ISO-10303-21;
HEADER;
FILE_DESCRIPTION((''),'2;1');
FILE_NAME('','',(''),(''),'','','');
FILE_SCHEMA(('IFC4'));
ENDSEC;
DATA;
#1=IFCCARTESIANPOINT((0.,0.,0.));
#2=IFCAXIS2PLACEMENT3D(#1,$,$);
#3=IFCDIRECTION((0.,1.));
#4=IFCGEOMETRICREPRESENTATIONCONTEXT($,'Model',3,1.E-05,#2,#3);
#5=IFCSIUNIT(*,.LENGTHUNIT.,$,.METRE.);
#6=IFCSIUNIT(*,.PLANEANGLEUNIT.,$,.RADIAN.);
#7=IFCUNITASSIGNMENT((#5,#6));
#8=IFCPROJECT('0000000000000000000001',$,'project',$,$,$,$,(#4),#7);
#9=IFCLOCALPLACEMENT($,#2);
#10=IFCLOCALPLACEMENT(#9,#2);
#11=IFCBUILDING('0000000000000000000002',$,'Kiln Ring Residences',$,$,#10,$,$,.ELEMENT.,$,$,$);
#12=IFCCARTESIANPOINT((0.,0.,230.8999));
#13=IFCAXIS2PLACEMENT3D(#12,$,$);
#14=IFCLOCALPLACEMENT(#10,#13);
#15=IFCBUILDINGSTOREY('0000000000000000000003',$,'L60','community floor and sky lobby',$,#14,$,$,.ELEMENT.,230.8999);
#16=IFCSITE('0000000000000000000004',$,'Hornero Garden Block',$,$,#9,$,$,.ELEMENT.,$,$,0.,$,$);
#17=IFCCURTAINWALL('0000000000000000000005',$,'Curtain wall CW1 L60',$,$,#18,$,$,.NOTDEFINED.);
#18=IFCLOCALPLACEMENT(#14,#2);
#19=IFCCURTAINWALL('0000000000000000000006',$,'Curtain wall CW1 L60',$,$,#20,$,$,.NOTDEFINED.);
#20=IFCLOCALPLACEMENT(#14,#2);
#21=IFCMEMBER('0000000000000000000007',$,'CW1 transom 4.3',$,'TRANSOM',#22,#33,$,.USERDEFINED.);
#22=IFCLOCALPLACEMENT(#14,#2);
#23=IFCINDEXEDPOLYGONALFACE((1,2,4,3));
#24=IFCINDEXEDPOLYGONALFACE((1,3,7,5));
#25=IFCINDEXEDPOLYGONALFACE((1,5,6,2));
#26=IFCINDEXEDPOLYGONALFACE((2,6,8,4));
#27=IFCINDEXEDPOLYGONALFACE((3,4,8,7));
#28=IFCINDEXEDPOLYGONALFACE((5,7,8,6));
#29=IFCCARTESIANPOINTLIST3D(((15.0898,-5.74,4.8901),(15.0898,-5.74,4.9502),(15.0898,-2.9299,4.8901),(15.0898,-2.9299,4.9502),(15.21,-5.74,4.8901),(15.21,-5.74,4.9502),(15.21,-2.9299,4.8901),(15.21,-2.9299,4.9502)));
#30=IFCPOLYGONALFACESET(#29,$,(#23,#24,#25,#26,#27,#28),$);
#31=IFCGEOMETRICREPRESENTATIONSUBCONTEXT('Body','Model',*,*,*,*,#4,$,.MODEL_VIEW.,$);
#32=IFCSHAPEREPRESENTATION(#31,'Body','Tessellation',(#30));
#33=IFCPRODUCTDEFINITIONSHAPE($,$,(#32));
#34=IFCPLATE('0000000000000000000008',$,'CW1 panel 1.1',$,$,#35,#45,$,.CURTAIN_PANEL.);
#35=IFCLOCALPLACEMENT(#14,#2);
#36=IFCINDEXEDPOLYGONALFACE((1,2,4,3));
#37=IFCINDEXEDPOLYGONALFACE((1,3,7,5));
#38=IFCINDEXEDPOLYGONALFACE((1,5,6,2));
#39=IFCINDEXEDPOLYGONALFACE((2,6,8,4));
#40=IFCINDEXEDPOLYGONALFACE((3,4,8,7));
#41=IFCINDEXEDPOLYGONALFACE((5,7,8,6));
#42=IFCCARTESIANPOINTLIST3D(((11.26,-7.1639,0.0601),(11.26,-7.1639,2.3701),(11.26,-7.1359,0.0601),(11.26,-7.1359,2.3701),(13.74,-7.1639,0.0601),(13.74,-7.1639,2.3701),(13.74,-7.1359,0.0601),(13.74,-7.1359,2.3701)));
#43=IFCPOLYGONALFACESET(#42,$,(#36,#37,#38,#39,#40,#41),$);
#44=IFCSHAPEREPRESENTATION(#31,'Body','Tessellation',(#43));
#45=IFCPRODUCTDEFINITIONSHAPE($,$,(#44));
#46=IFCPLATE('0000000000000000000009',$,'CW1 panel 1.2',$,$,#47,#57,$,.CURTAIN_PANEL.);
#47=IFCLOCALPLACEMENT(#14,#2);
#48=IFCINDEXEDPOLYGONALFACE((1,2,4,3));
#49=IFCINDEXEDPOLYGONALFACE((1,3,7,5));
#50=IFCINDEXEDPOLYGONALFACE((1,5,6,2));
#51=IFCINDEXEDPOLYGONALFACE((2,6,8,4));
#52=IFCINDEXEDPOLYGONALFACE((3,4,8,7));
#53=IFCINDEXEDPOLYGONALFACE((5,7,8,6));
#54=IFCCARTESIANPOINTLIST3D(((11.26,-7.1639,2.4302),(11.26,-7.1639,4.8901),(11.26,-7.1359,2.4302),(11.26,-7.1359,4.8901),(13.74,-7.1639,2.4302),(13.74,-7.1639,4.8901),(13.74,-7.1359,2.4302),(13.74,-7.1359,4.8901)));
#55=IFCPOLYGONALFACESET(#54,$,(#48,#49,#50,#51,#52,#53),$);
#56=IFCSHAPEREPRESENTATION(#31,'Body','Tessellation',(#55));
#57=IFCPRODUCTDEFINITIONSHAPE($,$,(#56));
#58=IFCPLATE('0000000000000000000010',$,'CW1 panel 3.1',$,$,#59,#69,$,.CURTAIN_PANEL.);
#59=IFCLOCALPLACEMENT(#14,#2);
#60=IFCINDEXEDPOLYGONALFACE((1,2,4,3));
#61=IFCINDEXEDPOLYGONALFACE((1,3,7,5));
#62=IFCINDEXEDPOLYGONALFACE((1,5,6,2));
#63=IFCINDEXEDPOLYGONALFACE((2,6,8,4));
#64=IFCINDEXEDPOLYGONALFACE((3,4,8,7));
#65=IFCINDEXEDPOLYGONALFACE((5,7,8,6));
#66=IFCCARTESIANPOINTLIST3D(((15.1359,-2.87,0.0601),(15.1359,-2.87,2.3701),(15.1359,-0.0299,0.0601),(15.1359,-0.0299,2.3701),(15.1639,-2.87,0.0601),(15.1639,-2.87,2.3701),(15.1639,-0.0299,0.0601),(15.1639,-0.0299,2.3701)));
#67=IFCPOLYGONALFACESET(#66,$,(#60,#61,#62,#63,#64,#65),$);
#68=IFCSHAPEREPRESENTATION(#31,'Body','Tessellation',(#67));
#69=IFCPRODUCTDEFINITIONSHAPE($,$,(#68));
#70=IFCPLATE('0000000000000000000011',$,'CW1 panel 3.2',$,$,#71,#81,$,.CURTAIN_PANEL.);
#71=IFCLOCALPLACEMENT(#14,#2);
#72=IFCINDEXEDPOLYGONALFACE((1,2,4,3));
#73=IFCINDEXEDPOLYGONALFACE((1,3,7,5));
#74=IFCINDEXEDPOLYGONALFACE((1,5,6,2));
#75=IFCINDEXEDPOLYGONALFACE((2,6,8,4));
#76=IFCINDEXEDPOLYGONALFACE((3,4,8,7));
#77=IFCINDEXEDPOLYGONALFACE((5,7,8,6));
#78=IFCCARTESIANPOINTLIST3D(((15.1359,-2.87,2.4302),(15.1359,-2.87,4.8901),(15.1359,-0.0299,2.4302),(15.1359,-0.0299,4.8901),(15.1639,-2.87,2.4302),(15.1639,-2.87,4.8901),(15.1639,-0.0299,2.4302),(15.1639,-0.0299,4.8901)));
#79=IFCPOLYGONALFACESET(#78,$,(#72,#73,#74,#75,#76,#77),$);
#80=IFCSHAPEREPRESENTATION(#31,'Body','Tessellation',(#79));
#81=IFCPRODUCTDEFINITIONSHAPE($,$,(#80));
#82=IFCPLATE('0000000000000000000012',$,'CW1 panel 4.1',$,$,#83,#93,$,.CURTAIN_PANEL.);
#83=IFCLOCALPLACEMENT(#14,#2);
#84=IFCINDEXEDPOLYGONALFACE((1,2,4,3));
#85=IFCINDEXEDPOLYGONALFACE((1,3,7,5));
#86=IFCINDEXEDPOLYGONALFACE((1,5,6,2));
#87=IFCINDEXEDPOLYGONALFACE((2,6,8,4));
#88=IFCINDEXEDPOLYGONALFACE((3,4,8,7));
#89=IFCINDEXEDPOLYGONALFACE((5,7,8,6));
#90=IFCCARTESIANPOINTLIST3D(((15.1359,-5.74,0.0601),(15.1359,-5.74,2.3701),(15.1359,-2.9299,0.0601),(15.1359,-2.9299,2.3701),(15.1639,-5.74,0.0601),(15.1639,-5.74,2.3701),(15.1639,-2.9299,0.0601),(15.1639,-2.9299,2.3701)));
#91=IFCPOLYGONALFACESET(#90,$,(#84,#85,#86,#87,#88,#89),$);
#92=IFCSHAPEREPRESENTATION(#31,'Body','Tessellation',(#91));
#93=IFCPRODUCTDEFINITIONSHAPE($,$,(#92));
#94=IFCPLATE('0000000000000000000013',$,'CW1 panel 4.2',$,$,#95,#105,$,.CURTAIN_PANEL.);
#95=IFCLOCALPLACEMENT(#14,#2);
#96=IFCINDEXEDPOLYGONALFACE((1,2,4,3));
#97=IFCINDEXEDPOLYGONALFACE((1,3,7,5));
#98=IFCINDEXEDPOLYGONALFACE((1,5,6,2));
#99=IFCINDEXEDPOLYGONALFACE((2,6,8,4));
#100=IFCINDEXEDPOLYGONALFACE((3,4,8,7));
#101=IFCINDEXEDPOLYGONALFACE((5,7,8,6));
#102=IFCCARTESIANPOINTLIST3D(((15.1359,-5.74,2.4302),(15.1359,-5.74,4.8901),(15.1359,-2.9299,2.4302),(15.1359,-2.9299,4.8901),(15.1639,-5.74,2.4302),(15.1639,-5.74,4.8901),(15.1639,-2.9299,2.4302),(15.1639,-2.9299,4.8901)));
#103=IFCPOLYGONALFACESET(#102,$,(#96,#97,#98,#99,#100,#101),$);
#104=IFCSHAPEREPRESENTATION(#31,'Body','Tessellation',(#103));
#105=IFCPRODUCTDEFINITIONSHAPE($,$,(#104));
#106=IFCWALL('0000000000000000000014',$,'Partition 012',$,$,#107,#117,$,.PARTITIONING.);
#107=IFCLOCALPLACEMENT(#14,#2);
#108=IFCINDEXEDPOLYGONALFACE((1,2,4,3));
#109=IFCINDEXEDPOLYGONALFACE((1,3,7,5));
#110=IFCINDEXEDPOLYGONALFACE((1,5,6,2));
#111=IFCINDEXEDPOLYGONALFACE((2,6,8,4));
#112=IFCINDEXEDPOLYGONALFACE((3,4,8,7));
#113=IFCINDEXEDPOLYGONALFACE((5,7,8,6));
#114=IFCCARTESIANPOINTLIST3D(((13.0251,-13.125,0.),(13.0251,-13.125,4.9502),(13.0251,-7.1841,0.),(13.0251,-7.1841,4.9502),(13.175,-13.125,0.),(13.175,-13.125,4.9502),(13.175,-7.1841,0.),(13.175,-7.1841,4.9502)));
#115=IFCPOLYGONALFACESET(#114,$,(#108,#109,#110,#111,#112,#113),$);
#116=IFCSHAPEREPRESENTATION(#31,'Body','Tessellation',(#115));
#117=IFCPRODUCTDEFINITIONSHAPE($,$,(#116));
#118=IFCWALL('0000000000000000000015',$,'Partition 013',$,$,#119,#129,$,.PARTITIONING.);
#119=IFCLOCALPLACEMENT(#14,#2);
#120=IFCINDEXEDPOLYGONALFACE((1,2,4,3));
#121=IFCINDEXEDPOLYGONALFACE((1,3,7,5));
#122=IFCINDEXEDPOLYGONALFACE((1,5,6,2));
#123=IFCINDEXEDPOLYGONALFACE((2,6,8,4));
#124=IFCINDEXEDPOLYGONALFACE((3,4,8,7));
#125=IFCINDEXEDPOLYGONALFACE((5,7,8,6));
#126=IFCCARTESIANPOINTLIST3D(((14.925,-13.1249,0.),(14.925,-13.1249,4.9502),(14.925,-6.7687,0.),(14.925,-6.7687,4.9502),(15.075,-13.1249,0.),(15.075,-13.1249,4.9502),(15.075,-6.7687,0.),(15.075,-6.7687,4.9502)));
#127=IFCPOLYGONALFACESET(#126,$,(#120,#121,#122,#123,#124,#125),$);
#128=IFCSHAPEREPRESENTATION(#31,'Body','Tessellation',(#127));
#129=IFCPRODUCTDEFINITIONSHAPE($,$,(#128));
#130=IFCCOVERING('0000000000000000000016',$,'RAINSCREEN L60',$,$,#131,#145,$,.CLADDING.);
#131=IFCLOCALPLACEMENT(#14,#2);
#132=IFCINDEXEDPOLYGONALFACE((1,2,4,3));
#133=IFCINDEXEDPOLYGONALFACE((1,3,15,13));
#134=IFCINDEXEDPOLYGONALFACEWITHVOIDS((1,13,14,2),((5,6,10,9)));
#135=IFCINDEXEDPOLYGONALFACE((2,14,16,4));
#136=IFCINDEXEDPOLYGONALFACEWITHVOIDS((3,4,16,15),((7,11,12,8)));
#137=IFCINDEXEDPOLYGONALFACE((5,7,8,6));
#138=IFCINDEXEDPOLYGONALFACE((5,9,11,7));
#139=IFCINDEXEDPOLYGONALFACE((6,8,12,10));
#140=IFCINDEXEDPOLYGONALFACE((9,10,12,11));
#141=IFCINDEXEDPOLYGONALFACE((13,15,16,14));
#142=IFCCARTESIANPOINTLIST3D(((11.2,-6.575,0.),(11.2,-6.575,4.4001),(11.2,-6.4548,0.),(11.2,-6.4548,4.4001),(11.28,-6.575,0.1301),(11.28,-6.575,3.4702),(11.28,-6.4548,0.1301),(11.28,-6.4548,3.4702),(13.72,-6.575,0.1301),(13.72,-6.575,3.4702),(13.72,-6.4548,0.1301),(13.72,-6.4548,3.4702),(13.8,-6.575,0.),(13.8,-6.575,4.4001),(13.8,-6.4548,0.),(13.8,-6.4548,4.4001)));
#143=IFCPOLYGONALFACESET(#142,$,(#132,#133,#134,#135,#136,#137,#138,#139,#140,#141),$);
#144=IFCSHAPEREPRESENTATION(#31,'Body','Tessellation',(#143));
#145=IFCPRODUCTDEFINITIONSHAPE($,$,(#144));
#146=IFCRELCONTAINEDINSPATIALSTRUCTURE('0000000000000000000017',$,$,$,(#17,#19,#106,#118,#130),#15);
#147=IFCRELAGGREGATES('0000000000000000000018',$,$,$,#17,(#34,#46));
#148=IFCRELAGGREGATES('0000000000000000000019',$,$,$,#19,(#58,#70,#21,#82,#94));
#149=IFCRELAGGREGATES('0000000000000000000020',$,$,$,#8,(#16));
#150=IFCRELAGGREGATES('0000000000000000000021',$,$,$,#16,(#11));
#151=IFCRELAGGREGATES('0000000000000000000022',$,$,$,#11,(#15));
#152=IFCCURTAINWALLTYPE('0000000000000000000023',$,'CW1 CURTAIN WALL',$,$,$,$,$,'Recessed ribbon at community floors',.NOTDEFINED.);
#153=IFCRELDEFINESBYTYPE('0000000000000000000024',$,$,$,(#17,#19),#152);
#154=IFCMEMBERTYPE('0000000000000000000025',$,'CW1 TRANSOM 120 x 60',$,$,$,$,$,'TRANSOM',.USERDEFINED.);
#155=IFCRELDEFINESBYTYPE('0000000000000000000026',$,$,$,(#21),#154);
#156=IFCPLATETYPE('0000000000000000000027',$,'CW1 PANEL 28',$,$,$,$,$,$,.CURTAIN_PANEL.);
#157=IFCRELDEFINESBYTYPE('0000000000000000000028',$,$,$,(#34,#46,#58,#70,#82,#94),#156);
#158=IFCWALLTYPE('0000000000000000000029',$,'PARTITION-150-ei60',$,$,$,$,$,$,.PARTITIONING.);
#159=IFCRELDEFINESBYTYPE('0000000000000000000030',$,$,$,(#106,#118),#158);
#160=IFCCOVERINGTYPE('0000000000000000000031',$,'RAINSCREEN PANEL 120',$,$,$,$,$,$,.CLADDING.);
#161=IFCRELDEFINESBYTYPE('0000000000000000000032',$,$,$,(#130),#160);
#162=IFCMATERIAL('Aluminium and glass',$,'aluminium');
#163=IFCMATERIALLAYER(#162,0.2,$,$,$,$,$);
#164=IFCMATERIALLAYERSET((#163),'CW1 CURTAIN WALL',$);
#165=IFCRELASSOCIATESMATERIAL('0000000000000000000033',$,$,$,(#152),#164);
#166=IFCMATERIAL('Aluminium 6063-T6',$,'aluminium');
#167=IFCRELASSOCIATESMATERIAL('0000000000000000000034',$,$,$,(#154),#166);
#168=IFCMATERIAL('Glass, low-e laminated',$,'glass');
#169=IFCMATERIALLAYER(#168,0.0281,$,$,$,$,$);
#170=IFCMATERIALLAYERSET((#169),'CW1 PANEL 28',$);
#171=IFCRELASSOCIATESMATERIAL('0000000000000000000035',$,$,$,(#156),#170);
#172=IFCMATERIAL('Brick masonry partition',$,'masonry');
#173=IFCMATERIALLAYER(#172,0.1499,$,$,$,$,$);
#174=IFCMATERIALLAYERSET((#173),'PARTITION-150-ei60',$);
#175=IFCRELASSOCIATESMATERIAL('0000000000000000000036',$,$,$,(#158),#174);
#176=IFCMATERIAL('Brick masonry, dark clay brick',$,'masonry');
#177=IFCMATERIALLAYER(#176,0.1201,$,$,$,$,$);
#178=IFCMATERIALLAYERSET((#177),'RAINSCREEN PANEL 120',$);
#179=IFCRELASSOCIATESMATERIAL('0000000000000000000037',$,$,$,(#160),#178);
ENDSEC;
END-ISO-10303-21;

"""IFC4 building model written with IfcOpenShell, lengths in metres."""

from ifc_helpers import new_model, si_unit, direction, frame, frame_2d, origin, origin_2d, place, context, subcontext, project, spatial, polyline, rectangle, outline, extrude, material, layer, layer_set, material_profile, profile_set, type_object, element, aggregate, save


model = new_model("IFC4")

# Units and contexts
model_context = context("Model", 3, precision=1e-05, world=origin(), true_north=direction((0.0, 1.0)))
body_context = subcontext(model_context, "Body", "Model", "MODEL_VIEW")
ifc_project = project(units=[si_unit("LENGTHUNIT", "METRE"), si_unit("PLANEANGLEUNIT", "RADIAN")], contexts=[model_context])

# Site, building, storey
site_placement = place(None, origin())
site = spatial("IfcSite", under=ifc_project, at=site_placement, Name="Hornero Garden Block", CompositionType="ELEMENT", RefElevation=0.0)
building_placement = place(site_placement, origin())
building = spatial("IfcBuilding", under=site, at=building_placement, Name="Kiln Ring Residences", CompositionType="ELEMENT")
storey_placement = place(building_placement, frame((0.0, 0.0, 230.8999)))
storey = spatial("IfcBuildingStorey", under=building, at=storey_placement, Name="L60", Description="community floor and sky lobby", CompositionType="ELEMENT", Elevation=230.8999)

# Curtain wall
ifc_material_1 = material(Name="Aluminium and glass", Category="aluminium")
ifc_layer_1 = layer(ifc_material_1, 0.2)
ifc_layer_set_1 = layer_set([ifc_layer_1], Name="CW1 CURTAIN WALL")
curtain_wall_type = type_object("IfcCurtainWallType", Name="CW1 CURTAIN WALL", ElementType="Recessed ribbon at community floors", PredefinedType="NOTDEFINED", material=ifc_layer_set_1)
placement = place(storey_placement, origin())
curtain_wall_1 = element("IfcCurtainWall", 1, at=placement, inside=storey, type_object=curtain_wall_type, Name="Curtain wall CW1 L60", PredefinedType="NOTDEFINED")

# Curtain wall
curtain_wall_2 = element("IfcCurtainWall", 2, at=placement, inside=storey, type_object=curtain_wall_type, Name="Curtain wall CW1 L60", PredefinedType="NOTDEFINED")

# Member
ifc_material_2 = material(Name="Aluminium 6063-T6", Category="aluminium")
ifc_material_profile_1 = material_profile(ifc_material_2, rectangle(XDim=0.1201, YDim=0.0601, at=origin_2d()), Name="AL 120x60")
ifc_profile_set_1 = profile_set([ifc_material_profile_1], Name="Aluminium 6063-T6")
member_type_1 = type_object("IfcMemberType", Name="CW1 TRANSOM 120 x 60", ElementType="TRANSOM", PredefinedType="USERDEFINED", material=ifc_profile_set_1)
member_1_placement = place(storey_placement, frame((15.1499, -2.9299, 4.9202), z_axis=(0.0, -1.0, 0.0), x_axis=(1.0, 0.0, 0.0)))
member_1 = element("IfcMember", 3, at=member_1_placement, type_object=member_type_1, Name="CW1 transom 4.3", ObjectType="TRANSOM", PredefinedType="USERDEFINED", context=body_context, shape_type="SweptSolid", body=[
    extrude(rectangle(XDim=0.1201, YDim=0.0601, at=origin_2d()), origin(), (0.0, 0.0, 1.0), 2.8101),
])

# Plates
ifc_material_3 = material(Name="Glass, low-e laminated", Category="glass")
ifc_layer_2 = layer(ifc_material_3, 0.0281)
ifc_layer_set_2 = layer_set([ifc_layer_2], Name="CW1 PANEL 28")
plate_type = type_object("IfcPlateType", Name="CW1 PANEL 28", PredefinedType="CURTAIN_PANEL", material=ifc_layer_set_2)
plate_1_placement = place(storey_placement, frame((12.5, -7.1499, 0.0601), z_axis=(0.0, 0.0, 1.0), x_axis=(-1.0, 0.0, 0.0)))
plate_1 = element("IfcPlate", 4, at=plate_1_placement, type_object=plate_type, Name="CW1 panel 1.1", PredefinedType="CURTAIN_PANEL", context=body_context, shape_type="SweptSolid", body=[
    extrude(rectangle(XDim=2.48, YDim=0.0281, at=origin_2d()), origin(), (0.0, 0.0, 1.0), 2.3101),
])
plate_2_placement = place(storey_placement, frame((12.5, -7.1499, 2.4302), z_axis=(0.0, 0.0, 1.0), x_axis=(-1.0, 0.0, 0.0)))
plate_2 = element("IfcPlate", 5, at=plate_2_placement, type_object=plate_type, Name="CW1 panel 1.2", PredefinedType="CURTAIN_PANEL", context=body_context, shape_type="SweptSolid", body=[
    extrude(rectangle(XDim=2.48, YDim=0.0281, at=origin_2d()), origin(), (0.0, 0.0, 1.0), 2.46),
])
aggregate(curtain_wall_1, [plate_1, plate_2])
plate_3_placement = place(storey_placement, frame((15.1499, -1.45, 0.0601), z_axis=(0.0, 0.0, 1.0), x_axis=(0.0, -1.0, 0.0)))
plate_3 = element("IfcPlate", 6, at=plate_3_placement, type_object=plate_type, Name="CW1 panel 3.1", PredefinedType="CURTAIN_PANEL", context=body_context, shape_type="SweptSolid", body=[
    extrude(rectangle(XDim=2.8401, YDim=0.0281, at=origin_2d()), origin(), (0.0, 0.0, 1.0), 2.3101),
])
plate_4_placement = place(storey_placement, frame((15.1499, -1.45, 2.4302), z_axis=(0.0, 0.0, 1.0), x_axis=(0.0, -1.0, 0.0)))
plate_4 = element("IfcPlate", 7, at=plate_4_placement, type_object=plate_type, Name="CW1 panel 3.2", PredefinedType="CURTAIN_PANEL", context=body_context, shape_type="SweptSolid", body=[
    extrude(rectangle(XDim=2.8401, YDim=0.0281, at=origin_2d()), origin(), (0.0, 0.0, 1.0), 2.46),
])
plate_5_placement = place(storey_placement, frame((15.1499, -4.335, 0.0601), z_axis=(0.0, 0.0, 1.0), x_axis=(0.0, -1.0, 0.0)))
plate_5 = element("IfcPlate", 8, at=plate_5_placement, type_object=plate_type, Name="CW1 panel 4.1", PredefinedType="CURTAIN_PANEL", context=body_context, shape_type="SweptSolid", body=[
    extrude(rectangle(XDim=2.8101, YDim=0.0281, at=origin_2d()), origin(), (0.0, 0.0, 1.0), 2.3101),
])
plate_6_placement = place(storey_placement, frame((15.1499, -4.335, 2.4302), z_axis=(0.0, 0.0, 1.0), x_axis=(0.0, -1.0, 0.0)))
plate_6 = element("IfcPlate", 9, at=plate_6_placement, type_object=plate_type, Name="CW1 panel 4.2", PredefinedType="CURTAIN_PANEL", context=body_context, shape_type="SweptSolid", body=[
    extrude(rectangle(XDim=2.8101, YDim=0.0281, at=origin_2d()), origin(), (0.0, 0.0, 1.0), 2.46),
])
aggregate(curtain_wall_2, [plate_3, plate_4, member_1, plate_5, plate_6])

# Walls
ifc_material_4 = material(Name="Brick masonry partition", Category="masonry")
ifc_layer_3 = layer(ifc_material_4, 0.1499)
ifc_layer_set_3 = layer_set([ifc_layer_3], Name="PARTITION-150-ei60")
wall_type = type_object("IfcWallType", Name="PARTITION-150-ei60", PredefinedType="PARTITIONING", material=ifc_layer_set_3)
wall_1_placement = place(storey_placement, frame((13.1001, -13.125, 0.0), z_axis=(0.0, 0.0, 1.0), x_axis=(0.0, 1.0, 0.0)))
element("IfcWall", 10, at=wall_1_placement, inside=storey, type_object=wall_type, Name="Partition 012", PredefinedType="PARTITIONING", context=body_context, shape_type="SweptSolid", body=[
    extrude(rectangle(XDim=5.9409, YDim=0.1499, at=frame_2d((2.9705, 0.0))), origin(), (0.0, 0.0, 1.0), 4.9502),
])
wall_2_placement = place(storey_placement, frame((15.0, -13.125, 0.0), z_axis=(0.0, 0.0, 1.0), x_axis=(0.0, 1.0, 0.0)))
element("IfcWall", 11, at=wall_2_placement, inside=storey, type_object=wall_type, Name="Partition 013", PredefinedType="PARTITIONING", context=body_context, shape_type="SweptSolid", body=[
    extrude(rectangle(XDim=6.3562, YDim=0.1499, at=frame_2d((3.1782, 0.0))), origin(), (0.0, 0.0, 1.0), 4.9502),
])

# Covering
ifc_material_5 = material(Name="Brick masonry, dark clay brick", Category="masonry")
ifc_layer_4 = layer(ifc_material_5, 0.1201)
ifc_layer_set_4 = layer_set([ifc_layer_4], Name="RAINSCREEN PANEL 120")
covering_type = type_object("IfcCoveringType", Name="RAINSCREEN PANEL 120", PredefinedType="CLADDING", material=ifc_layer_set_4)
covering_placement = place(storey_placement, frame((13.8, -6.5149, 0.0), z_axis=(0.0, 0.0, 1.0), x_axis=(-1.0, 0.0, 0.0)))
element("IfcCovering", 12, at=covering_placement, inside=storey, type_object=covering_type, Name="RAINSCREEN L60", PredefinedType="CLADDING", context=body_context, shape_type="SweptSolid", body=[
    extrude(outline(polyline([(0.0, 0.0), (2.6001, 0.0), (2.6001, 4.4001), (0.0, 4.4001), (0.0, 0.0)]), holes=[polyline([(0.0801, 3.4702), (0.0801, 0.1301), (2.52, 0.1301), (2.52, 3.4702), (0.0801, 3.4702)])]), frame((0.0, 0.0601, 0.0), z_axis=(0.0, -1.0, 0.0), x_axis=(1.0, 0.0, 0.0)), (0.0, 0.0, 1.0), 0.1201),
])

save(model, "model.ifc")
